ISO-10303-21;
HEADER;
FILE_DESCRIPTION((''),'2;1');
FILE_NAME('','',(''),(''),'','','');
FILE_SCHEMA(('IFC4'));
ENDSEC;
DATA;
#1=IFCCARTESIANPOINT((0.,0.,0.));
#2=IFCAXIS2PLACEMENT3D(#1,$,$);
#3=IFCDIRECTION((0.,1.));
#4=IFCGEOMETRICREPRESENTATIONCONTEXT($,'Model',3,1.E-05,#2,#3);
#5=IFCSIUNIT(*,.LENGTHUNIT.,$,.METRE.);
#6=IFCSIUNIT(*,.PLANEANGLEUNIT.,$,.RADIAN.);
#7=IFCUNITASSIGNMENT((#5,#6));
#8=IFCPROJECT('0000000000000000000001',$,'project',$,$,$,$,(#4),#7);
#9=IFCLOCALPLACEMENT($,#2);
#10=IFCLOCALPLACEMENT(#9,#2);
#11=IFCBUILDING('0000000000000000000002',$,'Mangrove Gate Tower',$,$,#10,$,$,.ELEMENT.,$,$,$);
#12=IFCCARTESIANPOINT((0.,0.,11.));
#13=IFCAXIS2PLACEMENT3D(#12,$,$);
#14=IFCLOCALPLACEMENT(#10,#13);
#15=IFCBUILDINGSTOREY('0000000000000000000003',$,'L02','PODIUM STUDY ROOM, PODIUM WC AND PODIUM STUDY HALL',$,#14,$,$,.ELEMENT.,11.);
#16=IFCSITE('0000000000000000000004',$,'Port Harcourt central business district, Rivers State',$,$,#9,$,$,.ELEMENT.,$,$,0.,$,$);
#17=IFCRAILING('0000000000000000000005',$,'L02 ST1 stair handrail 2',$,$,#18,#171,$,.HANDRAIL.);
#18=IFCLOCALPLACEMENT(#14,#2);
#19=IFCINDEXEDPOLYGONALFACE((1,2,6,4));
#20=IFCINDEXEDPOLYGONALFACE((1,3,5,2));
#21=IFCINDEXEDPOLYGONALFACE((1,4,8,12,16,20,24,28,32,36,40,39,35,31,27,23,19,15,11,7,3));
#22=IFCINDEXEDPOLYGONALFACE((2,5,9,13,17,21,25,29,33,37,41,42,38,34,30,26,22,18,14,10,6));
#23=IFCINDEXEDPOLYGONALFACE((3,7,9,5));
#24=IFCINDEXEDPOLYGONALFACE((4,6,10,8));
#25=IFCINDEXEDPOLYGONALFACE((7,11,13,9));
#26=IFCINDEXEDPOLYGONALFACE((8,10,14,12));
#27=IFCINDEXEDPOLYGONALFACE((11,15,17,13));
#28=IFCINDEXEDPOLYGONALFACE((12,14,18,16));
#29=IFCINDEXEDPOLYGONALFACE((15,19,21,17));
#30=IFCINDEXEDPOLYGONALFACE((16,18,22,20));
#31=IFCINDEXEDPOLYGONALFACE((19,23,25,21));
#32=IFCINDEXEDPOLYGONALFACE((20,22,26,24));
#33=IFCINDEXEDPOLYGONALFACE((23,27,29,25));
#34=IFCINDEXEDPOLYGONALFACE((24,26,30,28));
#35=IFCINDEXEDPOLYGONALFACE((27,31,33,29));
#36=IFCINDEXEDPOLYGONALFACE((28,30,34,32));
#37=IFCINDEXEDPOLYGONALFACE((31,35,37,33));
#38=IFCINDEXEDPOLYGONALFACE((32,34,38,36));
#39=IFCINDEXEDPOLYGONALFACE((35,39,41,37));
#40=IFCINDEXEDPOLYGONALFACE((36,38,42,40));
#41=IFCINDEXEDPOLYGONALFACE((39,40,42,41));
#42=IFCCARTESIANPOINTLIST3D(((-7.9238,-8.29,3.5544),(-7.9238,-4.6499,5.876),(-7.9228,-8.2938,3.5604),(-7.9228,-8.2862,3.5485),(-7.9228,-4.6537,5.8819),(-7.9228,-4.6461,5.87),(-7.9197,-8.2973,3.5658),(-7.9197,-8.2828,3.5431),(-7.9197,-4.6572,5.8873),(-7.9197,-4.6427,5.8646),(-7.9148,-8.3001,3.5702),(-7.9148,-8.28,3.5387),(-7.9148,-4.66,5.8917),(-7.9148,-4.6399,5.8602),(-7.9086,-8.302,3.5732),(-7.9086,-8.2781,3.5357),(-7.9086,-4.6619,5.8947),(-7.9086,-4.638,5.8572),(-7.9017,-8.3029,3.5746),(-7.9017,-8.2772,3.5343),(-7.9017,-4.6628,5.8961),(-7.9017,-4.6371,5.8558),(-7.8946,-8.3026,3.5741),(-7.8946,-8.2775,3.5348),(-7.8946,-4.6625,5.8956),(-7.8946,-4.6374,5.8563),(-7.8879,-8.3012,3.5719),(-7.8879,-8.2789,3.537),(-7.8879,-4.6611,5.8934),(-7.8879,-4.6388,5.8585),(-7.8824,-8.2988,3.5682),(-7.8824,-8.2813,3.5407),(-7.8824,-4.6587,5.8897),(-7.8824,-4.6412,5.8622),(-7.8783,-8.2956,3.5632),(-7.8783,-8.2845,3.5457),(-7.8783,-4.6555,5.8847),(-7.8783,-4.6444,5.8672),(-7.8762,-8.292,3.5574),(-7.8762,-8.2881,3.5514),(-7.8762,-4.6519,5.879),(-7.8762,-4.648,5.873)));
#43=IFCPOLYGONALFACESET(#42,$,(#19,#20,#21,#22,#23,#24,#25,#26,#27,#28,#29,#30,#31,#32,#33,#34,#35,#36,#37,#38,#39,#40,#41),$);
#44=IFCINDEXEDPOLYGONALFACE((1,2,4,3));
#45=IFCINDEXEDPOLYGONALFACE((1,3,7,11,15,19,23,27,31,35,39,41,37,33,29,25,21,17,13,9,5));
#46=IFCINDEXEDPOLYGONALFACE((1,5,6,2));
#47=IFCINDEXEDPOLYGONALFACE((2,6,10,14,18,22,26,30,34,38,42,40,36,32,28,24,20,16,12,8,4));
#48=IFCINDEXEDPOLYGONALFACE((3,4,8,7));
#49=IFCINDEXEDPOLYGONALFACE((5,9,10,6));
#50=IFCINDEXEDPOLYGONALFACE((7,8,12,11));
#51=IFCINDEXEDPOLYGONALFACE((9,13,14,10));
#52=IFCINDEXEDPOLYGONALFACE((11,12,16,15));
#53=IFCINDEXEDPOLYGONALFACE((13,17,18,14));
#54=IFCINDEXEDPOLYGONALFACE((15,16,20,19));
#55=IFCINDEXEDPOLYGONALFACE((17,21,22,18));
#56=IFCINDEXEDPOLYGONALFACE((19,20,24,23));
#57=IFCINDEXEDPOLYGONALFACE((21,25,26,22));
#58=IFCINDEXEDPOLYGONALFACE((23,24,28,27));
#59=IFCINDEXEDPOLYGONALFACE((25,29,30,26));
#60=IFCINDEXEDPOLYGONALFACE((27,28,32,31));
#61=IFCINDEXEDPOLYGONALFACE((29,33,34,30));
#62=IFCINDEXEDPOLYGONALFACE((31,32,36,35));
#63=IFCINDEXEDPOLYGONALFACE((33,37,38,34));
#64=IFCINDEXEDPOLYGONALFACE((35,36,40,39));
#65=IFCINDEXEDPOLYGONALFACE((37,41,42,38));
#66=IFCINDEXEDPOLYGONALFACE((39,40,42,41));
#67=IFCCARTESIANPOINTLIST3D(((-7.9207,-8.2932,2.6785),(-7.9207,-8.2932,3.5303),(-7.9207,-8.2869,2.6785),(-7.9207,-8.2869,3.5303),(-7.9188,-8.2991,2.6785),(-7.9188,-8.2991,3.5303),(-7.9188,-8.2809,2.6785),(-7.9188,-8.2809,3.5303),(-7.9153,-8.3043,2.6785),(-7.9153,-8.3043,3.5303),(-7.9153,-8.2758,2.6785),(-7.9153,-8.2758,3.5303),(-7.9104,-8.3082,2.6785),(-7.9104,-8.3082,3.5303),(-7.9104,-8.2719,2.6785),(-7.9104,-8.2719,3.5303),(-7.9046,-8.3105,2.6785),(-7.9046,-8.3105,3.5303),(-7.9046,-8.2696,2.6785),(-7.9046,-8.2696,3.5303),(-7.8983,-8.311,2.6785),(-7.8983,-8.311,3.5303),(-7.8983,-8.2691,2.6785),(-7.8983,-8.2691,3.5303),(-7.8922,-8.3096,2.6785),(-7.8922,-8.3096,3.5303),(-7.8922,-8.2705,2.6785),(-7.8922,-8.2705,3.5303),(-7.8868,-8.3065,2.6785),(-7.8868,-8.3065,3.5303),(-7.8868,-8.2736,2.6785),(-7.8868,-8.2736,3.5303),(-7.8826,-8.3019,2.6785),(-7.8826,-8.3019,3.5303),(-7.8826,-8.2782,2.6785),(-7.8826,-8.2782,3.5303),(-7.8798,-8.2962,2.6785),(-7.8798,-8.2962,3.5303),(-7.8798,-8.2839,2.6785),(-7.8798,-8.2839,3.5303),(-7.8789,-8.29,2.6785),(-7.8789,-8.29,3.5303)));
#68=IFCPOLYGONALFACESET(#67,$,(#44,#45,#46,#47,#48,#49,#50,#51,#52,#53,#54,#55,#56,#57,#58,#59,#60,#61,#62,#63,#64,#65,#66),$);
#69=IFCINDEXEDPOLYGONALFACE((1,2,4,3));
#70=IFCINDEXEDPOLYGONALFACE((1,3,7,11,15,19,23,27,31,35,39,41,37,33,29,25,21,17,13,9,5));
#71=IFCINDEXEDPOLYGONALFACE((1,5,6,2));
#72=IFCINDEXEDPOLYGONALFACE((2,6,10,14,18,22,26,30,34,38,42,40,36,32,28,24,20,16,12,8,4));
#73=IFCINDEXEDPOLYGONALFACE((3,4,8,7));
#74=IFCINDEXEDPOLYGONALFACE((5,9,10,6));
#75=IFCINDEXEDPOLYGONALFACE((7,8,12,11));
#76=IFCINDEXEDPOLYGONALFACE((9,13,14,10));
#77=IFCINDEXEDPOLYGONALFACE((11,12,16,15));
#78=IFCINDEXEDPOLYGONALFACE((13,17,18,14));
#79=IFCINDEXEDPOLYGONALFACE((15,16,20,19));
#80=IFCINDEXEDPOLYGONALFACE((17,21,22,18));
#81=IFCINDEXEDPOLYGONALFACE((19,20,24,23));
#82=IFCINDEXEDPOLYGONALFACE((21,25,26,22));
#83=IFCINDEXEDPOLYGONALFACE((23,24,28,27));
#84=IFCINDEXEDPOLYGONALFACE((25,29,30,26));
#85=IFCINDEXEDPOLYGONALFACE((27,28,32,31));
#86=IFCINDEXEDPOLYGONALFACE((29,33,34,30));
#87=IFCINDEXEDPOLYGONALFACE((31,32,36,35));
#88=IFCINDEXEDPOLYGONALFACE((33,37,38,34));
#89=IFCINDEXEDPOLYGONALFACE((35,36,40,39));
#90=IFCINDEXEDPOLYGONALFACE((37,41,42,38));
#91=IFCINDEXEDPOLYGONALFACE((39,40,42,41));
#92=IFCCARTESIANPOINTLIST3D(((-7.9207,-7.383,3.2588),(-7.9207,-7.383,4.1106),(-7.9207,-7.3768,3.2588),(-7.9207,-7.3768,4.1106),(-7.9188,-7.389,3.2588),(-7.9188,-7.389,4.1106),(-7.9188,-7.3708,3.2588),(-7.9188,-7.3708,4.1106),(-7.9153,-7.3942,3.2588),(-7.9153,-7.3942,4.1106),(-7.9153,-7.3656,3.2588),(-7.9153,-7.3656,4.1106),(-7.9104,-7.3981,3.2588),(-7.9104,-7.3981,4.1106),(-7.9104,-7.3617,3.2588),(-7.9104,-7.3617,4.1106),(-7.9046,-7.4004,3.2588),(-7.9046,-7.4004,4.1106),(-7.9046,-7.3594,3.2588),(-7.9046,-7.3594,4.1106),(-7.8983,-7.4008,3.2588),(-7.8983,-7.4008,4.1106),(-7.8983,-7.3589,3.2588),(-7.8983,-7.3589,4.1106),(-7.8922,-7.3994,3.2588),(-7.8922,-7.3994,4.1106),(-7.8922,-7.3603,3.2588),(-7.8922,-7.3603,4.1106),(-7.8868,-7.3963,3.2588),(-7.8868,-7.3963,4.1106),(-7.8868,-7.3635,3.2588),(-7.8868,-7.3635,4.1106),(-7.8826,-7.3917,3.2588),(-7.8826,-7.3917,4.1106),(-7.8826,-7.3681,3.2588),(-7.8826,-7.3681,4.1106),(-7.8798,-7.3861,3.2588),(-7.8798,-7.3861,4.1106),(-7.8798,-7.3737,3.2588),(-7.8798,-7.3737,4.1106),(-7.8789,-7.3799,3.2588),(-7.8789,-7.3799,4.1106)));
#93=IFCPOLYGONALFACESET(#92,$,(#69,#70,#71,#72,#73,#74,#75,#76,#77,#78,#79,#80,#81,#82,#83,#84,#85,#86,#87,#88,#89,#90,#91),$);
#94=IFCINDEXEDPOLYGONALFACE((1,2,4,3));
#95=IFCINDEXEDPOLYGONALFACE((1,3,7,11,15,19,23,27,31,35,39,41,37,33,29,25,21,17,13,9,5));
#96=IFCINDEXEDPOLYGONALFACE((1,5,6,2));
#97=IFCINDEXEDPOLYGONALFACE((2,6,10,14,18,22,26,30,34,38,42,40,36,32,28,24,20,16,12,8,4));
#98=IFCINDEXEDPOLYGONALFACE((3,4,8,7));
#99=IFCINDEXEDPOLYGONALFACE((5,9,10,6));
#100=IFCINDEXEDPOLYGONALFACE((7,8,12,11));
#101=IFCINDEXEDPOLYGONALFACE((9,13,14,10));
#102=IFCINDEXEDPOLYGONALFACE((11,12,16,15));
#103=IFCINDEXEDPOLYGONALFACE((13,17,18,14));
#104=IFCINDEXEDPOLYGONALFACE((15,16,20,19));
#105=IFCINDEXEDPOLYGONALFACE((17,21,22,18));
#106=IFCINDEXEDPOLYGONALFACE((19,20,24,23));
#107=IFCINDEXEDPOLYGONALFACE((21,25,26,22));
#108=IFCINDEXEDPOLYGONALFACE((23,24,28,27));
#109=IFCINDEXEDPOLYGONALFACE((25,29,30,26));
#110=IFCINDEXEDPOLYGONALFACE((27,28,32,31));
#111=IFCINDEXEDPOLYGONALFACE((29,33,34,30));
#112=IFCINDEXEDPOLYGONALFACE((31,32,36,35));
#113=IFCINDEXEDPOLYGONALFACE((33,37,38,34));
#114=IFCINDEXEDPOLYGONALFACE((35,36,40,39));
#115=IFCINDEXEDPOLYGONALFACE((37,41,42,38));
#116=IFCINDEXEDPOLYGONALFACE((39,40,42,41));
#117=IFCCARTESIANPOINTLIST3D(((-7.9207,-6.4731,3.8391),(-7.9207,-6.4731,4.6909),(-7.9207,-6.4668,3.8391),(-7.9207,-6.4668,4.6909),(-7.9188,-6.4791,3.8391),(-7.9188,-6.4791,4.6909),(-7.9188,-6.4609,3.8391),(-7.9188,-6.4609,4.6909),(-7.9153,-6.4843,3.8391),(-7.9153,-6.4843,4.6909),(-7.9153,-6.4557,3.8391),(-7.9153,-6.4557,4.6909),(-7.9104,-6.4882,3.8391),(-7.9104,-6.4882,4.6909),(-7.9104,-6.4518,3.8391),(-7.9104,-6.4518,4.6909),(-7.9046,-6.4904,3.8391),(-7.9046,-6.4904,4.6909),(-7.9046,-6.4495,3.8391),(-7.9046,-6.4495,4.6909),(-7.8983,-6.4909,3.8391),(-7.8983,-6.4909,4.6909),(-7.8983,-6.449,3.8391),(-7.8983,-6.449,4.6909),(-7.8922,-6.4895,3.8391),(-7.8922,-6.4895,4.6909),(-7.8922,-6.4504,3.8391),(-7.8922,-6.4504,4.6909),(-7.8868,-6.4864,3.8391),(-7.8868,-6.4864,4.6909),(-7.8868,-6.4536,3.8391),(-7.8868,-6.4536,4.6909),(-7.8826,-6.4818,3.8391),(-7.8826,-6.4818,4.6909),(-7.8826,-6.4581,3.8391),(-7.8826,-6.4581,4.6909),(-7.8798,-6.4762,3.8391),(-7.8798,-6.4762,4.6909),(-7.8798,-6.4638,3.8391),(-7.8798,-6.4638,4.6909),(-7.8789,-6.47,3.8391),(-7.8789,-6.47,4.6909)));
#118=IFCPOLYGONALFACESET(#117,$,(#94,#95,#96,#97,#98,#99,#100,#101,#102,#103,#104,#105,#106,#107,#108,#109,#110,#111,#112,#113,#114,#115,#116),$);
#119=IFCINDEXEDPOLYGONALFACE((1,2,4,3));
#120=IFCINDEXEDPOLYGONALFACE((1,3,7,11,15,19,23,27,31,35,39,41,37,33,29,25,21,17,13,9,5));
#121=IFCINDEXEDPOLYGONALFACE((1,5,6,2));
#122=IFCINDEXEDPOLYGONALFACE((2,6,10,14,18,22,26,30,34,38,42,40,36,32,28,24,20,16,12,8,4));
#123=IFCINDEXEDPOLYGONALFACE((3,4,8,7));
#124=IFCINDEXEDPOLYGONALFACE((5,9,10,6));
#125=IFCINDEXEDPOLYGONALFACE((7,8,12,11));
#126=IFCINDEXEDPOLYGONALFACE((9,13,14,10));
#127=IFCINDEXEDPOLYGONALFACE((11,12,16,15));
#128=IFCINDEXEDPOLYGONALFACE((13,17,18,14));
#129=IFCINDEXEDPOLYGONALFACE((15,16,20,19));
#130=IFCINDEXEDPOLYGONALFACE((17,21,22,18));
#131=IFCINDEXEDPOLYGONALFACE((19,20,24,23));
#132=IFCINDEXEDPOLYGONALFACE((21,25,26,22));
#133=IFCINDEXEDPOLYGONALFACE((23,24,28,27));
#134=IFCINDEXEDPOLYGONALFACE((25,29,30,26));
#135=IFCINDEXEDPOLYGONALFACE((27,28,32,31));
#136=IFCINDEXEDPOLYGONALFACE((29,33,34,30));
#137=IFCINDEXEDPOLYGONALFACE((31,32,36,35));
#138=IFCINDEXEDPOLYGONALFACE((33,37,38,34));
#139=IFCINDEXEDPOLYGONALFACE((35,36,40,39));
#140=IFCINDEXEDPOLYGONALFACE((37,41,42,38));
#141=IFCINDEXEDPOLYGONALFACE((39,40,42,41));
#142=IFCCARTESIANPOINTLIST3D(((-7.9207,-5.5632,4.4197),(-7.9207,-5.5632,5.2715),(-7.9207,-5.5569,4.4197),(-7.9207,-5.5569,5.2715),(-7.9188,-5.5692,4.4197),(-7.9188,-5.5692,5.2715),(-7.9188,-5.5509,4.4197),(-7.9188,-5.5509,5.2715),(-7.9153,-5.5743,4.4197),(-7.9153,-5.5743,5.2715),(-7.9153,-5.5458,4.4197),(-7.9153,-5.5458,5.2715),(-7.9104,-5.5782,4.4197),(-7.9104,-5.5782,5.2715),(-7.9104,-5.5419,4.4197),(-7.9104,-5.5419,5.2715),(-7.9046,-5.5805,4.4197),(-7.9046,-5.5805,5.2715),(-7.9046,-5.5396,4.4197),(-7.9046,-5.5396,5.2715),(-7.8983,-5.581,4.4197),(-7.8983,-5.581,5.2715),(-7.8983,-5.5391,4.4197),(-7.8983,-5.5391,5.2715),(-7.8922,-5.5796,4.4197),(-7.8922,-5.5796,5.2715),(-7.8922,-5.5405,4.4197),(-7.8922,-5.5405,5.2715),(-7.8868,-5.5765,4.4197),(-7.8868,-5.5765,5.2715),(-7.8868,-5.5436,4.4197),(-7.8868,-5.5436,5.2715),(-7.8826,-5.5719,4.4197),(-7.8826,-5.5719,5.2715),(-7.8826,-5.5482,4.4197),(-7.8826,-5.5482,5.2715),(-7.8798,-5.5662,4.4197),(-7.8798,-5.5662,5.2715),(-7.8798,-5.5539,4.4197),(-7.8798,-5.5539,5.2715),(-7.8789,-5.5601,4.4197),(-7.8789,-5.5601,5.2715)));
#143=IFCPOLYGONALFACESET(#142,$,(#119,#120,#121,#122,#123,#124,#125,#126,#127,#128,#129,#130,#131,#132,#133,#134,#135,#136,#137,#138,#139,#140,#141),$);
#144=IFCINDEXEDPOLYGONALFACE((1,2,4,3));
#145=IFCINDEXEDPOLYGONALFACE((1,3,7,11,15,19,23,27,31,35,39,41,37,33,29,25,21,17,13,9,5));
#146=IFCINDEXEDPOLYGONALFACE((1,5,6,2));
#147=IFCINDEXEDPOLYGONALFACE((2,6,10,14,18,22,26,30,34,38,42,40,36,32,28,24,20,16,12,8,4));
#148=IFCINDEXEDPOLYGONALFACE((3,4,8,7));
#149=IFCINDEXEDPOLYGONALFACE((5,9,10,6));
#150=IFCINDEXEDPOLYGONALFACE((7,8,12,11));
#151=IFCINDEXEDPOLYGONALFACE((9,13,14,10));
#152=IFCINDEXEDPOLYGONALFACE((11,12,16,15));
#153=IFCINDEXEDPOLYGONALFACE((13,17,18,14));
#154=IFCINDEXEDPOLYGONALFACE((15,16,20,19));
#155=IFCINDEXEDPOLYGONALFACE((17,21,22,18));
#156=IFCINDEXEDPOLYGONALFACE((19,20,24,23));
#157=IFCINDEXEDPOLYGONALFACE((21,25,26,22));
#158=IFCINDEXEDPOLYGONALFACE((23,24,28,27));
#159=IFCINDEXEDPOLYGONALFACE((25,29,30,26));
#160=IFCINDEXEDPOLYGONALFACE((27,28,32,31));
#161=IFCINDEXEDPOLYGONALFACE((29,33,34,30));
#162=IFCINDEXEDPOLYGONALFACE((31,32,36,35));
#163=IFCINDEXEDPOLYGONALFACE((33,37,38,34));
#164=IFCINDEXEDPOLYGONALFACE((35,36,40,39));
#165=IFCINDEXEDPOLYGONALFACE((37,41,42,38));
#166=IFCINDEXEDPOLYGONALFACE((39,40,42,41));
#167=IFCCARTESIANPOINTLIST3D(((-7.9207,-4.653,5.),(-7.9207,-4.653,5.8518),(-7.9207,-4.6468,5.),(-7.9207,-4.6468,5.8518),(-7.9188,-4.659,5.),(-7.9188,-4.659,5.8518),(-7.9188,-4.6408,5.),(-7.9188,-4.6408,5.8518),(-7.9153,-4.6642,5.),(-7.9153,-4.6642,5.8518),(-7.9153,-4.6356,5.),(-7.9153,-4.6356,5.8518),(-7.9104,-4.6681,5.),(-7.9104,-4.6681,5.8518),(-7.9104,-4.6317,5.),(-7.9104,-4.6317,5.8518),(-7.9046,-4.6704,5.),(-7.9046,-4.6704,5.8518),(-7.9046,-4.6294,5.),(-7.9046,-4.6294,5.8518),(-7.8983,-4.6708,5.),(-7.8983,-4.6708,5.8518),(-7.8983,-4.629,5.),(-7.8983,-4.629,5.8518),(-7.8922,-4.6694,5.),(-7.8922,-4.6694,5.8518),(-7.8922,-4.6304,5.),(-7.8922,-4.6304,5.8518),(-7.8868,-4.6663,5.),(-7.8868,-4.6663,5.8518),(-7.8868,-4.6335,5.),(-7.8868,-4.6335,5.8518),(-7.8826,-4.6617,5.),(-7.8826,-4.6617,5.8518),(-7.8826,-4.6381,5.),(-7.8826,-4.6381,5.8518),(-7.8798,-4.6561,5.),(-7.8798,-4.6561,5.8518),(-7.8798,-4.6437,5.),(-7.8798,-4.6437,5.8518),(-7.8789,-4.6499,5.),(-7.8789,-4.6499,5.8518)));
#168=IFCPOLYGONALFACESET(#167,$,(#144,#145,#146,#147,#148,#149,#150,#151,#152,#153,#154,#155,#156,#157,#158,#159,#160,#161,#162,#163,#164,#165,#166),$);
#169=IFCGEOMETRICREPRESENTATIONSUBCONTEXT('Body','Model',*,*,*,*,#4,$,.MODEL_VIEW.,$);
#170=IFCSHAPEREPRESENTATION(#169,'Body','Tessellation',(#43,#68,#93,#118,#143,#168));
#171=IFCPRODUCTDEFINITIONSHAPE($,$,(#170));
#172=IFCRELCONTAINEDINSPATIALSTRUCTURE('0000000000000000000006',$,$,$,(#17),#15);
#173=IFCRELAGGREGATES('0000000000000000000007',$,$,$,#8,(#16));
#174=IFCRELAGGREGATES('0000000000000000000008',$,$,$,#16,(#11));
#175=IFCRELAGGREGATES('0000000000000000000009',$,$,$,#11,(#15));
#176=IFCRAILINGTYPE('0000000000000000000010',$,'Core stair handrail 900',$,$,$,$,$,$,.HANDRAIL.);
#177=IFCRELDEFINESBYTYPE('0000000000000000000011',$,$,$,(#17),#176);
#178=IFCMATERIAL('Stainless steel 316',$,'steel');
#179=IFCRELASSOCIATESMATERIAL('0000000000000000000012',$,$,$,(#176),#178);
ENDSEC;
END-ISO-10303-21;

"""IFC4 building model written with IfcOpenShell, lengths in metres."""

from ifc_helpers import new_model, si_unit, direction, frame, origin, origin_2d, place, context, subcontext, project, spatial, circle, extrude, material, type_object, element, save


model = new_model("IFC4")

# Units and contexts
model_context = context("Model", 3, precision=1e-05, world=origin(), true_north=direction((0.0, 1.0)))
body_context = subcontext(model_context, "Body", "Model", "MODEL_VIEW")
ifc_project = project(units=[si_unit("LENGTHUNIT", "METRE"), si_unit("PLANEANGLEUNIT", "RADIAN")], contexts=[model_context])

# Site, building, storey
site_placement = place(None, origin())
site = spatial("IfcSite", under=ifc_project, at=site_placement, Name="Port Harcourt central business district, Rivers State", CompositionType="ELEMENT", RefElevation=0.0)
building_placement = place(site_placement, origin())
building = spatial("IfcBuilding", under=site, at=building_placement, Name="Mangrove Gate Tower", CompositionType="ELEMENT")
storey_placement = place(building_placement, frame((0.0, 0.0, 11.0)))
storey = spatial("IfcBuildingStorey", under=building, at=storey_placement, Name="L02", Description="PODIUM STUDY ROOM, PODIUM WC AND PODIUM STUDY HALL", CompositionType="ELEMENT", Elevation=11.0)

# Railing
ifc_material_1 = material(Name="Stainless steel 316", Category="steel")
railing_type_1 = type_object("IfcRailingType", Name="Core stair handrail 900", PredefinedType="HANDRAIL", material=ifc_material_1)
railing_1_placement = place(storey_placement, frame((-7.8999, -8.29, 2.6785)))
element("IfcRailing", 1, at=railing_1_placement, inside=storey, type_object=railing_type_1, Name="L02 ST1 stair handrail 2", PredefinedType="HANDRAIL", context=body_context, shape_type="SweptSolid", body=[
    extrude(circle(Radius=0.0239, at=origin_2d()), frame((0.0, 0.0, 0.876), z_axis=(0.0, 0.843128, 0.537713), x_axis=(-1.0, 0.0, 0.0)), (0.0, 0.0, 1.0), 4.3174),
    extrude(circle(Radius=0.021, at=origin_2d()), origin(), (0.0, 0.0, 1.0), 0.8518),
    extrude(circle(Radius=0.021, at=origin_2d()), frame((0.0, 0.9102, 0.5803)), (0.0, 0.0, 1.0), 0.8518),
    extrude(circle(Radius=0.021, at=origin_2d()), frame((0.0, 1.8201, 1.1606)), (0.0, 0.0, 1.0), 0.8518),
    extrude(circle(Radius=0.021, at=origin_2d()), frame((0.0, 2.73, 1.7412)), (0.0, 0.0, 1.0), 0.8518),
    extrude(circle(Radius=0.021, at=origin_2d()), frame((0.0, 3.6401, 2.3215)), (0.0, 0.0, 1.0), 0.8518),
])

save(model, "model.ifc")
